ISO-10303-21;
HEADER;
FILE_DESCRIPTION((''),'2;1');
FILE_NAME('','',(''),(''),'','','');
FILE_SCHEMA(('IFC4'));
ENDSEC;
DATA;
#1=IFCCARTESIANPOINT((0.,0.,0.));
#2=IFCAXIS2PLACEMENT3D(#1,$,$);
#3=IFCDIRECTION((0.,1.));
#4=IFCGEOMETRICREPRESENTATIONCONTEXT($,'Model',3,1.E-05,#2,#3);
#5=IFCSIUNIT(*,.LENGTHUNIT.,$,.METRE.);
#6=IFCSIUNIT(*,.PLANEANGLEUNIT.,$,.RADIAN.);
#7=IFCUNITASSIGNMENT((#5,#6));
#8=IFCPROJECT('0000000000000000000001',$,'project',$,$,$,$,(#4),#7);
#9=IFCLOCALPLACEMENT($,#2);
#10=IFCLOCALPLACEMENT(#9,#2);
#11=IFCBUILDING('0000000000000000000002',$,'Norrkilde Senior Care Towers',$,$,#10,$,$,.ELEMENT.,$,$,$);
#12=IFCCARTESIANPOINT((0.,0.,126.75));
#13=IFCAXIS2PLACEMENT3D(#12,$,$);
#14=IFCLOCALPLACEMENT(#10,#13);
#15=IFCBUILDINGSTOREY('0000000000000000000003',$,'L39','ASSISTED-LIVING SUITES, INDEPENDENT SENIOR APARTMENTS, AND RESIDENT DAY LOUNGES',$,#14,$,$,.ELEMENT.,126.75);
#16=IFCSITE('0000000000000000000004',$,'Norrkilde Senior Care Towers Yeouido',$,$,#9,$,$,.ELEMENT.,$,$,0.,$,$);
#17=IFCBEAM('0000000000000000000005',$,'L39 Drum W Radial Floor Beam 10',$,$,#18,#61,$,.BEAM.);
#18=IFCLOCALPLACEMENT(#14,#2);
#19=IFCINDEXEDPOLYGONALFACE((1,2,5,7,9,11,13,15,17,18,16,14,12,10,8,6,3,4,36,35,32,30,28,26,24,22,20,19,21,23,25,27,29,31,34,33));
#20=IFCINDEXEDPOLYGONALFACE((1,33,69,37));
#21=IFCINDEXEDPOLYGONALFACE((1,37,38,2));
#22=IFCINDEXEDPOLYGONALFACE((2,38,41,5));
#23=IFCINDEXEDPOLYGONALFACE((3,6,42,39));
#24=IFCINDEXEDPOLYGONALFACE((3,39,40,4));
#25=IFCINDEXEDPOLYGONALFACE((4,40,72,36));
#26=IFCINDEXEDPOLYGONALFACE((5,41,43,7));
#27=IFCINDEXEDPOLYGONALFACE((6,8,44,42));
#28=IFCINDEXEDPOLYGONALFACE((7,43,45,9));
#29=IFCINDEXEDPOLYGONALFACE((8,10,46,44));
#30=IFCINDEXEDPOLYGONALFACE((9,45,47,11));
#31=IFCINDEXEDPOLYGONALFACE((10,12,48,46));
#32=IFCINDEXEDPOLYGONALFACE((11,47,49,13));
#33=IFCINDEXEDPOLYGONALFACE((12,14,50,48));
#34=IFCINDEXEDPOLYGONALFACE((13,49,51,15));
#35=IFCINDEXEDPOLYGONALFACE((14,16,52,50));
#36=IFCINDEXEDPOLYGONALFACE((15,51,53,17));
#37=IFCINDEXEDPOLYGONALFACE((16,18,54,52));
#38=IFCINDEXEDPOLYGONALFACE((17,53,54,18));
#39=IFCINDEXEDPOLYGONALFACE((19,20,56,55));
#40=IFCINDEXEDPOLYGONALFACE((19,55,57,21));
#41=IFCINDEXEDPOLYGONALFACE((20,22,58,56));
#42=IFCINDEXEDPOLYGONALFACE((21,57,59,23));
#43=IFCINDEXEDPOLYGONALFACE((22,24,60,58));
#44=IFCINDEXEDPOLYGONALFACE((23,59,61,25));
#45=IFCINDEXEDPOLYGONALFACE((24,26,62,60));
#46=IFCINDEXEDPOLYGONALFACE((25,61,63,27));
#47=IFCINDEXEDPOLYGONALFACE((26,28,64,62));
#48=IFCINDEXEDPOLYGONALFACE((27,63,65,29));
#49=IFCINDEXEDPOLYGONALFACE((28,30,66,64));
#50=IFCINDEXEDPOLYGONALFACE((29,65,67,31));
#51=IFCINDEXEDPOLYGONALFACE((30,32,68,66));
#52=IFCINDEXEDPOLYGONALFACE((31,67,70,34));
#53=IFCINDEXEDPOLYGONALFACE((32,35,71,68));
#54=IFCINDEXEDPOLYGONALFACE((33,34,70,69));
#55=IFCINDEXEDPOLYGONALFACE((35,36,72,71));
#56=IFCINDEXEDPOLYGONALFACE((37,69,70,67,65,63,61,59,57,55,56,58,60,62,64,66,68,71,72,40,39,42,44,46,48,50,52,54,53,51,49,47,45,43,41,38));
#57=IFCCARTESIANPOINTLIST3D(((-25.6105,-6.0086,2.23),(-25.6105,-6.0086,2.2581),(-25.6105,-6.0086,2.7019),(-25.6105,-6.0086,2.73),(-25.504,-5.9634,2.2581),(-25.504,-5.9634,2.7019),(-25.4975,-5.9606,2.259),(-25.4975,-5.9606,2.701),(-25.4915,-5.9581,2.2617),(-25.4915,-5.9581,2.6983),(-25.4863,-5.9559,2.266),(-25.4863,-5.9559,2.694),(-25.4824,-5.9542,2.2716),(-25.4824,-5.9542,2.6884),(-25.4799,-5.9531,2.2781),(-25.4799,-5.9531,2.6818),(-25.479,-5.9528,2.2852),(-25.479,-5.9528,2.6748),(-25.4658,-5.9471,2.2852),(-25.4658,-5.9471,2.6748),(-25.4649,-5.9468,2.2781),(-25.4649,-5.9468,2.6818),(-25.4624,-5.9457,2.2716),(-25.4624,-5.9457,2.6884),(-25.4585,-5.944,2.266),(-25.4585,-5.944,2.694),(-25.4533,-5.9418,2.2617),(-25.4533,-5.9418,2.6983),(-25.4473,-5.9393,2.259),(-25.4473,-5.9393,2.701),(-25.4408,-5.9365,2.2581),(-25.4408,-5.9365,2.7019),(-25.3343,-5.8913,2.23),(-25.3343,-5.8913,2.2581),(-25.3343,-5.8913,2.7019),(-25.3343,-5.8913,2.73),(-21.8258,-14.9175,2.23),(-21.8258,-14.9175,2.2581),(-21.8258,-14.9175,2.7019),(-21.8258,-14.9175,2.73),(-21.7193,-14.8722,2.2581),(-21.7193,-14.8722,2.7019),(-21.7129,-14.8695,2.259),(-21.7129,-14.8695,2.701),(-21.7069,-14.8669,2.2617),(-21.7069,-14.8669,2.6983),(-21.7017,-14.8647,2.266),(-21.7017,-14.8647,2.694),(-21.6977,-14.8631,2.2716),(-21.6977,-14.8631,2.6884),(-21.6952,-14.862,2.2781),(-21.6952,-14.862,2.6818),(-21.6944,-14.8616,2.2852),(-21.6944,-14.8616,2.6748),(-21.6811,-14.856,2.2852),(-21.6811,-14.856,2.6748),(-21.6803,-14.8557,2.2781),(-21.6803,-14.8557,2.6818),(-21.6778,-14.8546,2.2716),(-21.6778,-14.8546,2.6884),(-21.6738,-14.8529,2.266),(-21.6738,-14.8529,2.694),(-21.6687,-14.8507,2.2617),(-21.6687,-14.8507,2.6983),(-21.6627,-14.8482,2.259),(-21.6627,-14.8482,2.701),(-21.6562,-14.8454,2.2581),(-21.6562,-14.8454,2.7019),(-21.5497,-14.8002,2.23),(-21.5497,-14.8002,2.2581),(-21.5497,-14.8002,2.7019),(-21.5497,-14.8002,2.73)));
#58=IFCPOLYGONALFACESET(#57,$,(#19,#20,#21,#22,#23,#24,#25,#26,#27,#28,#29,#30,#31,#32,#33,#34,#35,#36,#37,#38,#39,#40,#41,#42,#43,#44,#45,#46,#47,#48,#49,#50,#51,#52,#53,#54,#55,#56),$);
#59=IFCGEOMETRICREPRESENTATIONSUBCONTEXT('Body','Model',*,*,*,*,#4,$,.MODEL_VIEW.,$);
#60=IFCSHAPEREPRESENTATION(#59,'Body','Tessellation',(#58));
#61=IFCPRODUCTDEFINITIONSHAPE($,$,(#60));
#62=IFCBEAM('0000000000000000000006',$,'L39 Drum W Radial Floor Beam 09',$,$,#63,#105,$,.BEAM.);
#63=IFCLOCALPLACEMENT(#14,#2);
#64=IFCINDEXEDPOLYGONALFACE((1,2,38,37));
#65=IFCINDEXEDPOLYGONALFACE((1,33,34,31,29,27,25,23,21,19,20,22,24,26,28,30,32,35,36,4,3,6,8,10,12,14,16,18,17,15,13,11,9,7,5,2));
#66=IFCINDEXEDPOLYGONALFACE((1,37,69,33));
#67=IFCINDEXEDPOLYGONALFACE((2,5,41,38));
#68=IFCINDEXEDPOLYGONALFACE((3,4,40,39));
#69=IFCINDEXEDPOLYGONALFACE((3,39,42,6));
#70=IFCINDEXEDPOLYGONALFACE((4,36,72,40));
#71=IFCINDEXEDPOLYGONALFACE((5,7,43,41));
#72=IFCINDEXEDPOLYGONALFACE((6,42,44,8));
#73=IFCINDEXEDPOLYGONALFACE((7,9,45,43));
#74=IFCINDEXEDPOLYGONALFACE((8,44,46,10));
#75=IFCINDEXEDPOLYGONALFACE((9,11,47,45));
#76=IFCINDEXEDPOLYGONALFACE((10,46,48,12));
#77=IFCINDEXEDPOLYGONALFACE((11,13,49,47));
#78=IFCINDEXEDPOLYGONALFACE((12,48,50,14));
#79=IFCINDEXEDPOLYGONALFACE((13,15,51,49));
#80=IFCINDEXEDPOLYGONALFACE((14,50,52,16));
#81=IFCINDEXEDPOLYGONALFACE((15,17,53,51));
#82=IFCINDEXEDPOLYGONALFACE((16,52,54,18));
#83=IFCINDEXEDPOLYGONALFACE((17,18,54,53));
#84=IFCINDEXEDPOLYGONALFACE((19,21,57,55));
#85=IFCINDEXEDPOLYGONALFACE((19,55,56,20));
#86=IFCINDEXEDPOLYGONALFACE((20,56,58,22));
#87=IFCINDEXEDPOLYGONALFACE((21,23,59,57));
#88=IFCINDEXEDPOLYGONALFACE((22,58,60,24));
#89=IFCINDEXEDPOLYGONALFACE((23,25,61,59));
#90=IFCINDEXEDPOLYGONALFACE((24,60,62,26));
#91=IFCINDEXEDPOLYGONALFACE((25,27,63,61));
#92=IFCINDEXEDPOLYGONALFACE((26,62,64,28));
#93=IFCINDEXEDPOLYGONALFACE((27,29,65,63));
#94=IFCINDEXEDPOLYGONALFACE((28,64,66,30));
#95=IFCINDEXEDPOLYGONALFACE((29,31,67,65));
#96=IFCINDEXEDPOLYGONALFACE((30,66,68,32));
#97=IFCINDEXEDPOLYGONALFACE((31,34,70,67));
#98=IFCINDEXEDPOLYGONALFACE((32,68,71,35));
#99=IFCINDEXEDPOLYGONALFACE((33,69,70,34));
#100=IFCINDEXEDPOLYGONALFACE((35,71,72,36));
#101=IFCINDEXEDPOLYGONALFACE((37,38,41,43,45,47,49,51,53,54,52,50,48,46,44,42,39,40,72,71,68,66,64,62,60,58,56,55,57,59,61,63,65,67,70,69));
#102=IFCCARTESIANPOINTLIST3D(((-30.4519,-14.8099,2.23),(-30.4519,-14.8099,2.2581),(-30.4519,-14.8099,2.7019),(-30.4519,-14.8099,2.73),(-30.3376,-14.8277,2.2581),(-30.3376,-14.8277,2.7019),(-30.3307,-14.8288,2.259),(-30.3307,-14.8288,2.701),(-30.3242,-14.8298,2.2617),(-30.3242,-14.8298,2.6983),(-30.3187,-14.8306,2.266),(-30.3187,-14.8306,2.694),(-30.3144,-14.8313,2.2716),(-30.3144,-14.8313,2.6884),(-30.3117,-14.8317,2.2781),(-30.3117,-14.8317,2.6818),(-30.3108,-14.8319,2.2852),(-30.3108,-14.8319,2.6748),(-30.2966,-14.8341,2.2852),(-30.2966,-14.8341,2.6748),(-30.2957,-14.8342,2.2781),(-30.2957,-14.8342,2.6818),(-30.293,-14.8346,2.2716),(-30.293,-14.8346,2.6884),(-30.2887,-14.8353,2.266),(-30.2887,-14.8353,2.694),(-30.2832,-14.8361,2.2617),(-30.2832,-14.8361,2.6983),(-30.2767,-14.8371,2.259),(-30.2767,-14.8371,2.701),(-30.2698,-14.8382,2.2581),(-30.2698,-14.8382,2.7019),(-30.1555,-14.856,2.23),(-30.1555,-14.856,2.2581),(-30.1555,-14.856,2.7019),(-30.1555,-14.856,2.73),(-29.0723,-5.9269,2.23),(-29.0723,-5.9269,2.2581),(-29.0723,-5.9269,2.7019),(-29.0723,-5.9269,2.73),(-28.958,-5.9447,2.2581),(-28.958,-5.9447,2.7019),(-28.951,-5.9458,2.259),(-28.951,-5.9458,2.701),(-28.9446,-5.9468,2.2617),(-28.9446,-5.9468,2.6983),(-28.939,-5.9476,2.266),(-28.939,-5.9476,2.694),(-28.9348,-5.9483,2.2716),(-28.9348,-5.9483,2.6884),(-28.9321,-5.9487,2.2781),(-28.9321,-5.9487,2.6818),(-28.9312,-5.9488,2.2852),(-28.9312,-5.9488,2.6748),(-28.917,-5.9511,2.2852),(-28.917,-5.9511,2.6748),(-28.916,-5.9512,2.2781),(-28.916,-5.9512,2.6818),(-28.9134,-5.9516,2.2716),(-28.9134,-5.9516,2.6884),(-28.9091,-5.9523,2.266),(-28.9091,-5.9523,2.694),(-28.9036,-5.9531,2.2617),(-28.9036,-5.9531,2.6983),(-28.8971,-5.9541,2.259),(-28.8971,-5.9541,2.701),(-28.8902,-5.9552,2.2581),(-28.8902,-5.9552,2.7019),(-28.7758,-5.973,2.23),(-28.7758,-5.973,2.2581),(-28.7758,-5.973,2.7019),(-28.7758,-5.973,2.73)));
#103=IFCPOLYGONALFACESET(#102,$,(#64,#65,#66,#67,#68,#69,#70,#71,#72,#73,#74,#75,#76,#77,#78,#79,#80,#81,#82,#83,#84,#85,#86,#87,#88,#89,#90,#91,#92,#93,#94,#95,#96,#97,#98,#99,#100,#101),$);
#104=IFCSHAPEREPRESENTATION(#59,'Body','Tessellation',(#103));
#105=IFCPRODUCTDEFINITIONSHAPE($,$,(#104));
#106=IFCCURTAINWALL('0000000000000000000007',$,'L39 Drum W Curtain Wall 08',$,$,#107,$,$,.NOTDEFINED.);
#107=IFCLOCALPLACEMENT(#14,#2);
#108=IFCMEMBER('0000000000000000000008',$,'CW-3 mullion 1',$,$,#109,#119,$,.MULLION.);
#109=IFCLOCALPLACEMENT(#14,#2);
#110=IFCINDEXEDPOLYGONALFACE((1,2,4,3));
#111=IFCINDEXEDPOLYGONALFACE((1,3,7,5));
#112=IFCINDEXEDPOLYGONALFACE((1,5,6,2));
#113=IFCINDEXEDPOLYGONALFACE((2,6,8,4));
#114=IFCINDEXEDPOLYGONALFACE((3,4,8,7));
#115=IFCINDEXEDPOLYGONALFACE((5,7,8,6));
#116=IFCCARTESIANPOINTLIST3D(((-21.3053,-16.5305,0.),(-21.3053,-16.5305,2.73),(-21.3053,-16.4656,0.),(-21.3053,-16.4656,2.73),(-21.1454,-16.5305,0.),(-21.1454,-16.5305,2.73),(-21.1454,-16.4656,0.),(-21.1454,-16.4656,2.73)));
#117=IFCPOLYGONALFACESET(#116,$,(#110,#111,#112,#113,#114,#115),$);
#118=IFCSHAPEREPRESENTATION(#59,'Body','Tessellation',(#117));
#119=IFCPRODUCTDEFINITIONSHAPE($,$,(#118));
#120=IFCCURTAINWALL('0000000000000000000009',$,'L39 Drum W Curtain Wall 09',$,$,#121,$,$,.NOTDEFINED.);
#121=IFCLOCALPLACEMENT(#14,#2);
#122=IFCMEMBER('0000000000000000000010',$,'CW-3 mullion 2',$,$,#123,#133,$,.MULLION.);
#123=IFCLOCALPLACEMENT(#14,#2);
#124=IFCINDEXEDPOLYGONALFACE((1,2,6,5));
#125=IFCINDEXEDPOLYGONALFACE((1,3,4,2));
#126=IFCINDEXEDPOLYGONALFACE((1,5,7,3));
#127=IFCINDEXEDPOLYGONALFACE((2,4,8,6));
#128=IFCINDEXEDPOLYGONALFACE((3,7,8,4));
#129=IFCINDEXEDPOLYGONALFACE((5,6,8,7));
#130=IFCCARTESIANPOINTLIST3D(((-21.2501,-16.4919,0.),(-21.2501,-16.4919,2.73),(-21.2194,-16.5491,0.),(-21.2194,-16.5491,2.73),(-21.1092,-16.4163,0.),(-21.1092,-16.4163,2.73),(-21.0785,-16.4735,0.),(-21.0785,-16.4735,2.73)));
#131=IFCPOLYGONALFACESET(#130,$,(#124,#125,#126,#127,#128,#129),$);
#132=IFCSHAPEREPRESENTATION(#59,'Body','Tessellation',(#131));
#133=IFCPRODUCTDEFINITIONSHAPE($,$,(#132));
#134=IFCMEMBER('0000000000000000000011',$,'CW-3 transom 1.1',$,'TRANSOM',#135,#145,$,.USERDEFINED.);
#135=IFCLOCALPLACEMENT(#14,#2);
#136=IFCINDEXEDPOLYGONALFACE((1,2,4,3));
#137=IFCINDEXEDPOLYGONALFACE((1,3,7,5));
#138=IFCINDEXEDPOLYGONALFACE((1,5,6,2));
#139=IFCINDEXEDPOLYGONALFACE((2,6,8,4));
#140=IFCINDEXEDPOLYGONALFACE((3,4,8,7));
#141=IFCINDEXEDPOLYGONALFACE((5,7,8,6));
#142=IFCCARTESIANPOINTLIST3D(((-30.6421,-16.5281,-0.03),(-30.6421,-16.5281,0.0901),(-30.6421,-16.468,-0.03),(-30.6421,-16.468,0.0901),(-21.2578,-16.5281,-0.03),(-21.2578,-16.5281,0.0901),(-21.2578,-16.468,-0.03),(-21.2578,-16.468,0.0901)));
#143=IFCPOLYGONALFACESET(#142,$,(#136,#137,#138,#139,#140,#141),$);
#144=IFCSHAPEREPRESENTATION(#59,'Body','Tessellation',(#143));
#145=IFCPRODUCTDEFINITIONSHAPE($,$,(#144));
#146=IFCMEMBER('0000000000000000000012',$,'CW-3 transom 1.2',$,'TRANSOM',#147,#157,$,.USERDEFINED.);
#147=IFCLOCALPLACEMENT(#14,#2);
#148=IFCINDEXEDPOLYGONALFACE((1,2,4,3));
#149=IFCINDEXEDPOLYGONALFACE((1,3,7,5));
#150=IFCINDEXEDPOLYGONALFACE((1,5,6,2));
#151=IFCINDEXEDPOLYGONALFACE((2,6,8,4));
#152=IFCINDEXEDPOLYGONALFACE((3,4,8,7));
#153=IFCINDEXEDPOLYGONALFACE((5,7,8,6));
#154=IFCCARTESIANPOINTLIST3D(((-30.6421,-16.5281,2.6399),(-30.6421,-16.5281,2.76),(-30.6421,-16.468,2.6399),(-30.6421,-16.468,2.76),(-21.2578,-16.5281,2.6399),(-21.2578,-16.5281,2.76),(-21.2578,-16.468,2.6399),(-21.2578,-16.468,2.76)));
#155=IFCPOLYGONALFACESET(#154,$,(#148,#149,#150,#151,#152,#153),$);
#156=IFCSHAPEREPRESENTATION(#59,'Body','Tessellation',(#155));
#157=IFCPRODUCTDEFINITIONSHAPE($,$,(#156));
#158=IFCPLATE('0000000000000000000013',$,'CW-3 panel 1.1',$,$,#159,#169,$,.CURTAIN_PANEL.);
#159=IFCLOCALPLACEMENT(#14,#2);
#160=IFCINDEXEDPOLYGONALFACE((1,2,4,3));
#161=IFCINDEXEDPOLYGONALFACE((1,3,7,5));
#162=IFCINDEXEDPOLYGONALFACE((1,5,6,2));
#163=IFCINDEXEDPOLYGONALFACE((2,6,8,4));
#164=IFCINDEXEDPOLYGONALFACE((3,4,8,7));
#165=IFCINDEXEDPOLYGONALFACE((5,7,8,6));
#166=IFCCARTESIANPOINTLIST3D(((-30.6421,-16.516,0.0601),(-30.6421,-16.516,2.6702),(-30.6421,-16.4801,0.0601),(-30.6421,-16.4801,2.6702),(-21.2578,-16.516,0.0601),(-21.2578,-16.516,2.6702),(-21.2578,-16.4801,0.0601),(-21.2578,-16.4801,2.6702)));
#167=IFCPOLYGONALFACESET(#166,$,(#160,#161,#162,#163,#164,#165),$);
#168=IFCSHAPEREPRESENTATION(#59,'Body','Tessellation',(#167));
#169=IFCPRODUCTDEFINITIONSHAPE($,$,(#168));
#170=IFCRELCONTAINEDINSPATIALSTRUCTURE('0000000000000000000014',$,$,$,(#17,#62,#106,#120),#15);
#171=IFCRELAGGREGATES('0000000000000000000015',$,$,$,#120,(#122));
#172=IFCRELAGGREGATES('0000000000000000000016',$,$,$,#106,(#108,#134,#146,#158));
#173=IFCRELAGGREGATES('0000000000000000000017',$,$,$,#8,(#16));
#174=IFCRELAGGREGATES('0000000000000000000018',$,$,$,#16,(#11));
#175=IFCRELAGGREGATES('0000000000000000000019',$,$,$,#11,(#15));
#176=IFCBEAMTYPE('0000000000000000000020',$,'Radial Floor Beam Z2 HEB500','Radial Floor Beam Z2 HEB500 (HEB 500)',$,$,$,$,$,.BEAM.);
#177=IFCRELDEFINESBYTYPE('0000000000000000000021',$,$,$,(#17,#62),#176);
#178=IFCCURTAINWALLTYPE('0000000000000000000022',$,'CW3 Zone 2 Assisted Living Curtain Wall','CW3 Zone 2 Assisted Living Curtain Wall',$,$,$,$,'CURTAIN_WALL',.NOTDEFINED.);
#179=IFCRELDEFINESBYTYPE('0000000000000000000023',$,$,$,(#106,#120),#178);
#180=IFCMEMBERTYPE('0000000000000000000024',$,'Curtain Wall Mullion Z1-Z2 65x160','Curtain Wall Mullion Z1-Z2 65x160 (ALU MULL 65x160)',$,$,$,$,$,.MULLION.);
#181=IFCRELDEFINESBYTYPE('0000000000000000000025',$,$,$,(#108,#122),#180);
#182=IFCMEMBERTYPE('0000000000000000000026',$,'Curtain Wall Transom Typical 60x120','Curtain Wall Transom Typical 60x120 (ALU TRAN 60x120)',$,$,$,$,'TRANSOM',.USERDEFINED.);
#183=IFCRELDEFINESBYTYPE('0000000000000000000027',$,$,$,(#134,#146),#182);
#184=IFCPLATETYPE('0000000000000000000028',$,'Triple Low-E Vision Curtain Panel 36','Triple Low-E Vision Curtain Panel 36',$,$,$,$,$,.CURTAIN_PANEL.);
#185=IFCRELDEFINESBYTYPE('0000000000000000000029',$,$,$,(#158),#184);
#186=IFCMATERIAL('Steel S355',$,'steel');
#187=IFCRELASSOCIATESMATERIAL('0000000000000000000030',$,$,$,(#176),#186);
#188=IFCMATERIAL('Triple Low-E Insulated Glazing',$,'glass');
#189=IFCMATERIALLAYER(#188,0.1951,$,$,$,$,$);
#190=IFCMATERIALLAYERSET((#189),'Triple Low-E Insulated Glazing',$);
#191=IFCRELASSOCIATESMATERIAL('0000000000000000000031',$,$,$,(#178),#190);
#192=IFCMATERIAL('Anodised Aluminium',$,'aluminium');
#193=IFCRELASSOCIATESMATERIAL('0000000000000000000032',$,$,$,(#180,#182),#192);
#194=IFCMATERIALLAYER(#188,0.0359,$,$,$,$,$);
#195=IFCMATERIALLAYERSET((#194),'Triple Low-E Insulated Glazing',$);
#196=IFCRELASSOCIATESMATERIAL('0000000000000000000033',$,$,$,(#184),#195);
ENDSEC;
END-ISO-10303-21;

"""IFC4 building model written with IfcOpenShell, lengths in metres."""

from ifc_helpers import new_model, si_unit, direction, frame, origin, origin_2d, place, context, subcontext, project, spatial, rectangle, i_section, extrude, source, transform, mapped, material, layer, layer_set, material_profile, profile_set, type_object, type_shapes, element, aggregate, save


model = new_model("IFC4")

# Units and contexts
model_context = context("Model", 3, precision=1e-05, world=origin(), true_north=direction((0.0, 1.0)))
body_context = subcontext(model_context, "Body", "Model", "MODEL_VIEW")
ifc_project = project(units=[si_unit("LENGTHUNIT", "METRE"), si_unit("PLANEANGLEUNIT", "RADIAN")], contexts=[model_context])

# Site, building, storey
site_placement = place(None, origin())
site = spatial("IfcSite", under=ifc_project, at=site_placement, Name="Norrkilde Senior Care Towers Yeouido", CompositionType="ELEMENT", RefElevation=0.0)
building_placement = place(site_placement, origin())
building = spatial("IfcBuilding", under=site, at=building_placement, Name="Norrkilde Senior Care Towers", CompositionType="ELEMENT")
storey_placement = place(building_placement, frame((0.0, 0.0, 126.75)))
storey = spatial("IfcBuildingStorey", under=building, at=storey_placement, Name="L39", Description="ASSISTED-LIVING SUITES, INDEPENDENT SENIOR APARTMENTS, AND RESIDENT DAY LOUNGES", CompositionType="ELEMENT", Elevation=126.75)

# Beams
ifc_material_1 = material(Name="Steel S355", Category="steel")
ifc_material_profile_1 = material_profile(ifc_material_1, i_section(OverallWidth=0.3, OverallDepth=0.5, WebThickness=0.0144, FlangeThickness=0.0281, FilletRadius=0.0271, at=origin_2d()), Name="HEB 500")
ifc_profile_set_1 = profile_set([ifc_material_profile_1], Name="Steel S355")
beam_type_1 = type_object("IfcBeamType", Name="Radial Floor Beam Z2 HEB500", Description="Radial Floor Beam Z2 HEB500 (HEB 500)", PredefinedType="BEAM", material=ifc_profile_set_1)
shared_shape_1 = source(origin(), body_context, "Body", "SweptSolid", [
    extrude(i_section(OverallWidth=0.3, OverallDepth=0.5, WebThickness=0.0144, FlangeThickness=0.0281, FilletRadius=0.0271, at=origin_2d()), origin(), (0.0, 0.0, 1.0), 9.6794),
])
beam_1_placement = place(storey_placement, frame((-25.4724, -5.95, 2.48), z_axis=(0.390998, -0.920392, 0.0), x_axis=(0.920392, 0.390998, 0.0)))
element("IfcBeam", 1, at=beam_1_placement, inside=storey, type_object=beam_type_1, Name="L39 Drum W Radial Floor Beam 10", PredefinedType="BEAM", context=body_context, shape_type="MappedRepresentation", body=[
    mapped(shared_shape_1, transform((0.0, 0.0, 0.0), x_axis=(1.0, 0.0, 0.0), y_axis=(0.0, 1.0, 0.0), z_axis=(0.0, 0.0, 1.0), scale=1.0)),
])
shared_shape_2 = source(origin(), body_context, "Body", "SweptSolid", [
    extrude(i_section(OverallWidth=0.3, OverallDepth=0.5, WebThickness=0.0144, FlangeThickness=0.0281, FilletRadius=0.0271, at=origin_2d()), origin(), (0.0, 0.0, 1.0), 8.9895),
])
beam_2_placement = place(storey_placement, frame((-28.9241, -5.95, 2.48), z_axis=(-0.153471, -0.988153, 0.0), x_axis=(0.988153, -0.153471, 0.0)))
element("IfcBeam", 2, at=beam_2_placement, inside=storey, type_object=beam_type_1, Name="L39 Drum W Radial Floor Beam 09", PredefinedType="BEAM", context=body_context, shape_type="MappedRepresentation", body=[
    mapped(shared_shape_2, transform((0.0, 0.0, 0.0), x_axis=(1.0, 0.0, 0.0), y_axis=(0.0, 1.0, 0.0), z_axis=(0.0, 0.0, 1.0), scale=1.0)),
])

# Curtain walls, members
ifc_material_2 = material(Name="Triple Low-E Insulated Glazing", Category="glass")
ifc_layer_1 = layer(ifc_material_2, 0.1951)
ifc_layer_set_1 = layer_set([ifc_layer_1], Name="Triple Low-E Insulated Glazing")
curtain_wall_type = type_object("IfcCurtainWallType", Name="CW3 Zone 2 Assisted Living Curtain Wall", Description="CW3 Zone 2 Assisted Living Curtain Wall", ElementType="CURTAIN_WALL", PredefinedType="NOTDEFINED", material=ifc_layer_set_1)
curtain_wall_1_placement = place(storey_placement, origin())
curtain_wall_1 = element("IfcCurtainWall", 3, at=curtain_wall_1_placement, inside=storey, type_object=curtain_wall_type, Name="L39 Drum W Curtain Wall 08", PredefinedType="NOTDEFINED")
ifc_material_3 = material(Name="Anodised Aluminium", Category="aluminium")
ifc_material_profile_2 = material_profile(ifc_material_3, rectangle(XDim=0.0649, YDim=0.1599, at=origin_2d()), Name="ALU MULL 65x160")
ifc_profile_set_2 = profile_set([ifc_material_profile_2], Name="Anodised Aluminium")
member_type_1 = type_object("IfcMemberType", Name="Curtain Wall Mullion Z1-Z2 65x160", Description="Curtain Wall Mullion Z1-Z2 65x160 (ALU MULL 65x160)", PredefinedType="MULLION", material=ifc_profile_set_2)
shared_shape_3 = source(origin(), body_context, "Body", "SweptSolid", [
    extrude(rectangle(XDim=0.0649, YDim=0.1599, at=origin_2d()), origin(), (0.0, 0.0, 1.0), 2.73),
])
type_shapes(member_type_1, [shared_shape_3])
member_1_placement = place(storey_placement, frame((-21.2253, -16.498, 0.0), z_axis=(0.0, 0.0, 1.0), x_axis=(0.0, -1.0, 0.0)))
member_1 = element("IfcMember", 4, at=member_1_placement, type_object=member_type_1, Name="CW-3 mullion 1", PredefinedType="MULLION", context=body_context, shape_type="MappedRepresentation", body=[
    mapped(shared_shape_3, transform((0.0, 0.0, 0.0), x_axis=(1.0, 0.0, 0.0), y_axis=(0.0, 1.0, 0.0), z_axis=(0.0, 0.0, 1.0), scale=1.0)),
])
curtain_wall_2_placement = place(storey_placement, origin())
curtain_wall_2 = element("IfcCurtainWall", 5, at=curtain_wall_2_placement, inside=storey, type_object=curtain_wall_type, Name="L39 Drum W Curtain Wall 09", PredefinedType="NOTDEFINED")
member_2_placement = place(storey_placement, frame((-21.1643, -16.4827, 0.0), z_axis=(0.0, 0.0, 1.0), x_axis=(0.472769, -0.881186, 0.0)))
member_2 = element("IfcMember", 6, at=member_2_placement, type_object=member_type_1, Name="CW-3 mullion 2", PredefinedType="MULLION", context=body_context, shape_type="MappedRepresentation", body=[
    mapped(shared_shape_3, transform((0.0, 0.0, 0.0), x_axis=(1.0, 0.0, 0.0), y_axis=(0.0, 1.0, 0.0), z_axis=(0.0, 0.0, 1.0), scale=1.0)),
])
aggregate(curtain_wall_2, [member_2])

# Members
ifc_material_profile_3 = material_profile(ifc_material_3, rectangle(XDim=0.0601, YDim=0.1201, at=origin_2d()), Name="ALU TRAN 60x120")
ifc_profile_set_3 = profile_set([ifc_material_profile_3], Name="Anodised Aluminium")
member_type_2 = type_object("IfcMemberType", Name="Curtain Wall Transom Typical 60x120", Description="Curtain Wall Transom Typical 60x120 (ALU TRAN 60x120)", ElementType="TRANSOM", PredefinedType="USERDEFINED", material=ifc_profile_set_3)
shared_shape_4 = source(origin(), body_context, "Body", "SweptSolid", [
    extrude(rectangle(XDim=0.0601, YDim=0.1201, at=origin_2d()), origin(), (0.0, 0.0, 1.0), 9.3843),
])
type_shapes(member_type_2, [shared_shape_4])
member_3_placement = place(storey_placement, frame((-21.2578, -16.498, 0.03), z_axis=(-1.0, 0.0, 0.0), x_axis=(0.0, -1.0, 0.0)))
member_3 = element("IfcMember", 7, at=member_3_placement, type_object=member_type_2, Name="CW-3 transom 1.1", ObjectType="TRANSOM", PredefinedType="USERDEFINED", context=body_context, shape_type="MappedRepresentation", body=[
    mapped(shared_shape_4, transform((0.0, 0.0, 0.0), x_axis=(1.0, 0.0, 0.0), y_axis=(0.0, 1.0, 0.0), z_axis=(0.0, 0.0, 1.0), scale=1.0)),
])
member_4_placement = place(storey_placement, frame((-21.2578, -16.498, 2.7), z_axis=(-1.0, 0.0, 0.0), x_axis=(0.0, -1.0, 0.0)))
member_4 = element("IfcMember", 8, at=member_4_placement, type_object=member_type_2, Name="CW-3 transom 1.2", ObjectType="TRANSOM", PredefinedType="USERDEFINED", context=body_context, shape_type="MappedRepresentation", body=[
    mapped(shared_shape_4, transform((0.0, 0.0, 0.0), x_axis=(1.0, 0.0, 0.0), y_axis=(0.0, 1.0, 0.0), z_axis=(0.0, 0.0, 1.0), scale=1.0)),
])

# Plate
ifc_layer_2 = layer(ifc_material_2, 0.0359)
ifc_layer_set_2 = layer_set([ifc_layer_2], Name="Triple Low-E Insulated Glazing")
plate_type = type_object("IfcPlateType", Name="Triple Low-E Vision Curtain Panel 36", Description="Triple Low-E Vision Curtain Panel 36", PredefinedType="CURTAIN_PANEL", material=ifc_layer_set_2)
shared_shape_5 = source(origin(), body_context, "Body", "SweptSolid", [
    extrude(rectangle(XDim=9.3843, YDim=0.0359, at=origin_2d()), origin(), (0.0, 0.0, 1.0), 2.6101),
])
type_shapes(plate_type, [shared_shape_5])
plate_placement = place(storey_placement, frame((-25.95, -16.498, 0.0601), z_axis=(0.0, 0.0, 1.0), x_axis=(-1.0, 0.0, 0.0)))
plate = element("IfcPlate", 9, at=plate_placement, type_object=plate_type, Name="CW-3 panel 1.1", PredefinedType="CURTAIN_PANEL", context=body_context, shape_type="MappedRepresentation", body=[
    mapped(shared_shape_5, transform((0.0, 0.0, 0.0), x_axis=(1.0, 0.0, 0.0), y_axis=(0.0, 1.0, 0.0), z_axis=(0.0, 0.0, 1.0), scale=1.0)),
])
aggregate(curtain_wall_1, [member_1, member_3, member_4, plate])

save(model, "model.ifc")
